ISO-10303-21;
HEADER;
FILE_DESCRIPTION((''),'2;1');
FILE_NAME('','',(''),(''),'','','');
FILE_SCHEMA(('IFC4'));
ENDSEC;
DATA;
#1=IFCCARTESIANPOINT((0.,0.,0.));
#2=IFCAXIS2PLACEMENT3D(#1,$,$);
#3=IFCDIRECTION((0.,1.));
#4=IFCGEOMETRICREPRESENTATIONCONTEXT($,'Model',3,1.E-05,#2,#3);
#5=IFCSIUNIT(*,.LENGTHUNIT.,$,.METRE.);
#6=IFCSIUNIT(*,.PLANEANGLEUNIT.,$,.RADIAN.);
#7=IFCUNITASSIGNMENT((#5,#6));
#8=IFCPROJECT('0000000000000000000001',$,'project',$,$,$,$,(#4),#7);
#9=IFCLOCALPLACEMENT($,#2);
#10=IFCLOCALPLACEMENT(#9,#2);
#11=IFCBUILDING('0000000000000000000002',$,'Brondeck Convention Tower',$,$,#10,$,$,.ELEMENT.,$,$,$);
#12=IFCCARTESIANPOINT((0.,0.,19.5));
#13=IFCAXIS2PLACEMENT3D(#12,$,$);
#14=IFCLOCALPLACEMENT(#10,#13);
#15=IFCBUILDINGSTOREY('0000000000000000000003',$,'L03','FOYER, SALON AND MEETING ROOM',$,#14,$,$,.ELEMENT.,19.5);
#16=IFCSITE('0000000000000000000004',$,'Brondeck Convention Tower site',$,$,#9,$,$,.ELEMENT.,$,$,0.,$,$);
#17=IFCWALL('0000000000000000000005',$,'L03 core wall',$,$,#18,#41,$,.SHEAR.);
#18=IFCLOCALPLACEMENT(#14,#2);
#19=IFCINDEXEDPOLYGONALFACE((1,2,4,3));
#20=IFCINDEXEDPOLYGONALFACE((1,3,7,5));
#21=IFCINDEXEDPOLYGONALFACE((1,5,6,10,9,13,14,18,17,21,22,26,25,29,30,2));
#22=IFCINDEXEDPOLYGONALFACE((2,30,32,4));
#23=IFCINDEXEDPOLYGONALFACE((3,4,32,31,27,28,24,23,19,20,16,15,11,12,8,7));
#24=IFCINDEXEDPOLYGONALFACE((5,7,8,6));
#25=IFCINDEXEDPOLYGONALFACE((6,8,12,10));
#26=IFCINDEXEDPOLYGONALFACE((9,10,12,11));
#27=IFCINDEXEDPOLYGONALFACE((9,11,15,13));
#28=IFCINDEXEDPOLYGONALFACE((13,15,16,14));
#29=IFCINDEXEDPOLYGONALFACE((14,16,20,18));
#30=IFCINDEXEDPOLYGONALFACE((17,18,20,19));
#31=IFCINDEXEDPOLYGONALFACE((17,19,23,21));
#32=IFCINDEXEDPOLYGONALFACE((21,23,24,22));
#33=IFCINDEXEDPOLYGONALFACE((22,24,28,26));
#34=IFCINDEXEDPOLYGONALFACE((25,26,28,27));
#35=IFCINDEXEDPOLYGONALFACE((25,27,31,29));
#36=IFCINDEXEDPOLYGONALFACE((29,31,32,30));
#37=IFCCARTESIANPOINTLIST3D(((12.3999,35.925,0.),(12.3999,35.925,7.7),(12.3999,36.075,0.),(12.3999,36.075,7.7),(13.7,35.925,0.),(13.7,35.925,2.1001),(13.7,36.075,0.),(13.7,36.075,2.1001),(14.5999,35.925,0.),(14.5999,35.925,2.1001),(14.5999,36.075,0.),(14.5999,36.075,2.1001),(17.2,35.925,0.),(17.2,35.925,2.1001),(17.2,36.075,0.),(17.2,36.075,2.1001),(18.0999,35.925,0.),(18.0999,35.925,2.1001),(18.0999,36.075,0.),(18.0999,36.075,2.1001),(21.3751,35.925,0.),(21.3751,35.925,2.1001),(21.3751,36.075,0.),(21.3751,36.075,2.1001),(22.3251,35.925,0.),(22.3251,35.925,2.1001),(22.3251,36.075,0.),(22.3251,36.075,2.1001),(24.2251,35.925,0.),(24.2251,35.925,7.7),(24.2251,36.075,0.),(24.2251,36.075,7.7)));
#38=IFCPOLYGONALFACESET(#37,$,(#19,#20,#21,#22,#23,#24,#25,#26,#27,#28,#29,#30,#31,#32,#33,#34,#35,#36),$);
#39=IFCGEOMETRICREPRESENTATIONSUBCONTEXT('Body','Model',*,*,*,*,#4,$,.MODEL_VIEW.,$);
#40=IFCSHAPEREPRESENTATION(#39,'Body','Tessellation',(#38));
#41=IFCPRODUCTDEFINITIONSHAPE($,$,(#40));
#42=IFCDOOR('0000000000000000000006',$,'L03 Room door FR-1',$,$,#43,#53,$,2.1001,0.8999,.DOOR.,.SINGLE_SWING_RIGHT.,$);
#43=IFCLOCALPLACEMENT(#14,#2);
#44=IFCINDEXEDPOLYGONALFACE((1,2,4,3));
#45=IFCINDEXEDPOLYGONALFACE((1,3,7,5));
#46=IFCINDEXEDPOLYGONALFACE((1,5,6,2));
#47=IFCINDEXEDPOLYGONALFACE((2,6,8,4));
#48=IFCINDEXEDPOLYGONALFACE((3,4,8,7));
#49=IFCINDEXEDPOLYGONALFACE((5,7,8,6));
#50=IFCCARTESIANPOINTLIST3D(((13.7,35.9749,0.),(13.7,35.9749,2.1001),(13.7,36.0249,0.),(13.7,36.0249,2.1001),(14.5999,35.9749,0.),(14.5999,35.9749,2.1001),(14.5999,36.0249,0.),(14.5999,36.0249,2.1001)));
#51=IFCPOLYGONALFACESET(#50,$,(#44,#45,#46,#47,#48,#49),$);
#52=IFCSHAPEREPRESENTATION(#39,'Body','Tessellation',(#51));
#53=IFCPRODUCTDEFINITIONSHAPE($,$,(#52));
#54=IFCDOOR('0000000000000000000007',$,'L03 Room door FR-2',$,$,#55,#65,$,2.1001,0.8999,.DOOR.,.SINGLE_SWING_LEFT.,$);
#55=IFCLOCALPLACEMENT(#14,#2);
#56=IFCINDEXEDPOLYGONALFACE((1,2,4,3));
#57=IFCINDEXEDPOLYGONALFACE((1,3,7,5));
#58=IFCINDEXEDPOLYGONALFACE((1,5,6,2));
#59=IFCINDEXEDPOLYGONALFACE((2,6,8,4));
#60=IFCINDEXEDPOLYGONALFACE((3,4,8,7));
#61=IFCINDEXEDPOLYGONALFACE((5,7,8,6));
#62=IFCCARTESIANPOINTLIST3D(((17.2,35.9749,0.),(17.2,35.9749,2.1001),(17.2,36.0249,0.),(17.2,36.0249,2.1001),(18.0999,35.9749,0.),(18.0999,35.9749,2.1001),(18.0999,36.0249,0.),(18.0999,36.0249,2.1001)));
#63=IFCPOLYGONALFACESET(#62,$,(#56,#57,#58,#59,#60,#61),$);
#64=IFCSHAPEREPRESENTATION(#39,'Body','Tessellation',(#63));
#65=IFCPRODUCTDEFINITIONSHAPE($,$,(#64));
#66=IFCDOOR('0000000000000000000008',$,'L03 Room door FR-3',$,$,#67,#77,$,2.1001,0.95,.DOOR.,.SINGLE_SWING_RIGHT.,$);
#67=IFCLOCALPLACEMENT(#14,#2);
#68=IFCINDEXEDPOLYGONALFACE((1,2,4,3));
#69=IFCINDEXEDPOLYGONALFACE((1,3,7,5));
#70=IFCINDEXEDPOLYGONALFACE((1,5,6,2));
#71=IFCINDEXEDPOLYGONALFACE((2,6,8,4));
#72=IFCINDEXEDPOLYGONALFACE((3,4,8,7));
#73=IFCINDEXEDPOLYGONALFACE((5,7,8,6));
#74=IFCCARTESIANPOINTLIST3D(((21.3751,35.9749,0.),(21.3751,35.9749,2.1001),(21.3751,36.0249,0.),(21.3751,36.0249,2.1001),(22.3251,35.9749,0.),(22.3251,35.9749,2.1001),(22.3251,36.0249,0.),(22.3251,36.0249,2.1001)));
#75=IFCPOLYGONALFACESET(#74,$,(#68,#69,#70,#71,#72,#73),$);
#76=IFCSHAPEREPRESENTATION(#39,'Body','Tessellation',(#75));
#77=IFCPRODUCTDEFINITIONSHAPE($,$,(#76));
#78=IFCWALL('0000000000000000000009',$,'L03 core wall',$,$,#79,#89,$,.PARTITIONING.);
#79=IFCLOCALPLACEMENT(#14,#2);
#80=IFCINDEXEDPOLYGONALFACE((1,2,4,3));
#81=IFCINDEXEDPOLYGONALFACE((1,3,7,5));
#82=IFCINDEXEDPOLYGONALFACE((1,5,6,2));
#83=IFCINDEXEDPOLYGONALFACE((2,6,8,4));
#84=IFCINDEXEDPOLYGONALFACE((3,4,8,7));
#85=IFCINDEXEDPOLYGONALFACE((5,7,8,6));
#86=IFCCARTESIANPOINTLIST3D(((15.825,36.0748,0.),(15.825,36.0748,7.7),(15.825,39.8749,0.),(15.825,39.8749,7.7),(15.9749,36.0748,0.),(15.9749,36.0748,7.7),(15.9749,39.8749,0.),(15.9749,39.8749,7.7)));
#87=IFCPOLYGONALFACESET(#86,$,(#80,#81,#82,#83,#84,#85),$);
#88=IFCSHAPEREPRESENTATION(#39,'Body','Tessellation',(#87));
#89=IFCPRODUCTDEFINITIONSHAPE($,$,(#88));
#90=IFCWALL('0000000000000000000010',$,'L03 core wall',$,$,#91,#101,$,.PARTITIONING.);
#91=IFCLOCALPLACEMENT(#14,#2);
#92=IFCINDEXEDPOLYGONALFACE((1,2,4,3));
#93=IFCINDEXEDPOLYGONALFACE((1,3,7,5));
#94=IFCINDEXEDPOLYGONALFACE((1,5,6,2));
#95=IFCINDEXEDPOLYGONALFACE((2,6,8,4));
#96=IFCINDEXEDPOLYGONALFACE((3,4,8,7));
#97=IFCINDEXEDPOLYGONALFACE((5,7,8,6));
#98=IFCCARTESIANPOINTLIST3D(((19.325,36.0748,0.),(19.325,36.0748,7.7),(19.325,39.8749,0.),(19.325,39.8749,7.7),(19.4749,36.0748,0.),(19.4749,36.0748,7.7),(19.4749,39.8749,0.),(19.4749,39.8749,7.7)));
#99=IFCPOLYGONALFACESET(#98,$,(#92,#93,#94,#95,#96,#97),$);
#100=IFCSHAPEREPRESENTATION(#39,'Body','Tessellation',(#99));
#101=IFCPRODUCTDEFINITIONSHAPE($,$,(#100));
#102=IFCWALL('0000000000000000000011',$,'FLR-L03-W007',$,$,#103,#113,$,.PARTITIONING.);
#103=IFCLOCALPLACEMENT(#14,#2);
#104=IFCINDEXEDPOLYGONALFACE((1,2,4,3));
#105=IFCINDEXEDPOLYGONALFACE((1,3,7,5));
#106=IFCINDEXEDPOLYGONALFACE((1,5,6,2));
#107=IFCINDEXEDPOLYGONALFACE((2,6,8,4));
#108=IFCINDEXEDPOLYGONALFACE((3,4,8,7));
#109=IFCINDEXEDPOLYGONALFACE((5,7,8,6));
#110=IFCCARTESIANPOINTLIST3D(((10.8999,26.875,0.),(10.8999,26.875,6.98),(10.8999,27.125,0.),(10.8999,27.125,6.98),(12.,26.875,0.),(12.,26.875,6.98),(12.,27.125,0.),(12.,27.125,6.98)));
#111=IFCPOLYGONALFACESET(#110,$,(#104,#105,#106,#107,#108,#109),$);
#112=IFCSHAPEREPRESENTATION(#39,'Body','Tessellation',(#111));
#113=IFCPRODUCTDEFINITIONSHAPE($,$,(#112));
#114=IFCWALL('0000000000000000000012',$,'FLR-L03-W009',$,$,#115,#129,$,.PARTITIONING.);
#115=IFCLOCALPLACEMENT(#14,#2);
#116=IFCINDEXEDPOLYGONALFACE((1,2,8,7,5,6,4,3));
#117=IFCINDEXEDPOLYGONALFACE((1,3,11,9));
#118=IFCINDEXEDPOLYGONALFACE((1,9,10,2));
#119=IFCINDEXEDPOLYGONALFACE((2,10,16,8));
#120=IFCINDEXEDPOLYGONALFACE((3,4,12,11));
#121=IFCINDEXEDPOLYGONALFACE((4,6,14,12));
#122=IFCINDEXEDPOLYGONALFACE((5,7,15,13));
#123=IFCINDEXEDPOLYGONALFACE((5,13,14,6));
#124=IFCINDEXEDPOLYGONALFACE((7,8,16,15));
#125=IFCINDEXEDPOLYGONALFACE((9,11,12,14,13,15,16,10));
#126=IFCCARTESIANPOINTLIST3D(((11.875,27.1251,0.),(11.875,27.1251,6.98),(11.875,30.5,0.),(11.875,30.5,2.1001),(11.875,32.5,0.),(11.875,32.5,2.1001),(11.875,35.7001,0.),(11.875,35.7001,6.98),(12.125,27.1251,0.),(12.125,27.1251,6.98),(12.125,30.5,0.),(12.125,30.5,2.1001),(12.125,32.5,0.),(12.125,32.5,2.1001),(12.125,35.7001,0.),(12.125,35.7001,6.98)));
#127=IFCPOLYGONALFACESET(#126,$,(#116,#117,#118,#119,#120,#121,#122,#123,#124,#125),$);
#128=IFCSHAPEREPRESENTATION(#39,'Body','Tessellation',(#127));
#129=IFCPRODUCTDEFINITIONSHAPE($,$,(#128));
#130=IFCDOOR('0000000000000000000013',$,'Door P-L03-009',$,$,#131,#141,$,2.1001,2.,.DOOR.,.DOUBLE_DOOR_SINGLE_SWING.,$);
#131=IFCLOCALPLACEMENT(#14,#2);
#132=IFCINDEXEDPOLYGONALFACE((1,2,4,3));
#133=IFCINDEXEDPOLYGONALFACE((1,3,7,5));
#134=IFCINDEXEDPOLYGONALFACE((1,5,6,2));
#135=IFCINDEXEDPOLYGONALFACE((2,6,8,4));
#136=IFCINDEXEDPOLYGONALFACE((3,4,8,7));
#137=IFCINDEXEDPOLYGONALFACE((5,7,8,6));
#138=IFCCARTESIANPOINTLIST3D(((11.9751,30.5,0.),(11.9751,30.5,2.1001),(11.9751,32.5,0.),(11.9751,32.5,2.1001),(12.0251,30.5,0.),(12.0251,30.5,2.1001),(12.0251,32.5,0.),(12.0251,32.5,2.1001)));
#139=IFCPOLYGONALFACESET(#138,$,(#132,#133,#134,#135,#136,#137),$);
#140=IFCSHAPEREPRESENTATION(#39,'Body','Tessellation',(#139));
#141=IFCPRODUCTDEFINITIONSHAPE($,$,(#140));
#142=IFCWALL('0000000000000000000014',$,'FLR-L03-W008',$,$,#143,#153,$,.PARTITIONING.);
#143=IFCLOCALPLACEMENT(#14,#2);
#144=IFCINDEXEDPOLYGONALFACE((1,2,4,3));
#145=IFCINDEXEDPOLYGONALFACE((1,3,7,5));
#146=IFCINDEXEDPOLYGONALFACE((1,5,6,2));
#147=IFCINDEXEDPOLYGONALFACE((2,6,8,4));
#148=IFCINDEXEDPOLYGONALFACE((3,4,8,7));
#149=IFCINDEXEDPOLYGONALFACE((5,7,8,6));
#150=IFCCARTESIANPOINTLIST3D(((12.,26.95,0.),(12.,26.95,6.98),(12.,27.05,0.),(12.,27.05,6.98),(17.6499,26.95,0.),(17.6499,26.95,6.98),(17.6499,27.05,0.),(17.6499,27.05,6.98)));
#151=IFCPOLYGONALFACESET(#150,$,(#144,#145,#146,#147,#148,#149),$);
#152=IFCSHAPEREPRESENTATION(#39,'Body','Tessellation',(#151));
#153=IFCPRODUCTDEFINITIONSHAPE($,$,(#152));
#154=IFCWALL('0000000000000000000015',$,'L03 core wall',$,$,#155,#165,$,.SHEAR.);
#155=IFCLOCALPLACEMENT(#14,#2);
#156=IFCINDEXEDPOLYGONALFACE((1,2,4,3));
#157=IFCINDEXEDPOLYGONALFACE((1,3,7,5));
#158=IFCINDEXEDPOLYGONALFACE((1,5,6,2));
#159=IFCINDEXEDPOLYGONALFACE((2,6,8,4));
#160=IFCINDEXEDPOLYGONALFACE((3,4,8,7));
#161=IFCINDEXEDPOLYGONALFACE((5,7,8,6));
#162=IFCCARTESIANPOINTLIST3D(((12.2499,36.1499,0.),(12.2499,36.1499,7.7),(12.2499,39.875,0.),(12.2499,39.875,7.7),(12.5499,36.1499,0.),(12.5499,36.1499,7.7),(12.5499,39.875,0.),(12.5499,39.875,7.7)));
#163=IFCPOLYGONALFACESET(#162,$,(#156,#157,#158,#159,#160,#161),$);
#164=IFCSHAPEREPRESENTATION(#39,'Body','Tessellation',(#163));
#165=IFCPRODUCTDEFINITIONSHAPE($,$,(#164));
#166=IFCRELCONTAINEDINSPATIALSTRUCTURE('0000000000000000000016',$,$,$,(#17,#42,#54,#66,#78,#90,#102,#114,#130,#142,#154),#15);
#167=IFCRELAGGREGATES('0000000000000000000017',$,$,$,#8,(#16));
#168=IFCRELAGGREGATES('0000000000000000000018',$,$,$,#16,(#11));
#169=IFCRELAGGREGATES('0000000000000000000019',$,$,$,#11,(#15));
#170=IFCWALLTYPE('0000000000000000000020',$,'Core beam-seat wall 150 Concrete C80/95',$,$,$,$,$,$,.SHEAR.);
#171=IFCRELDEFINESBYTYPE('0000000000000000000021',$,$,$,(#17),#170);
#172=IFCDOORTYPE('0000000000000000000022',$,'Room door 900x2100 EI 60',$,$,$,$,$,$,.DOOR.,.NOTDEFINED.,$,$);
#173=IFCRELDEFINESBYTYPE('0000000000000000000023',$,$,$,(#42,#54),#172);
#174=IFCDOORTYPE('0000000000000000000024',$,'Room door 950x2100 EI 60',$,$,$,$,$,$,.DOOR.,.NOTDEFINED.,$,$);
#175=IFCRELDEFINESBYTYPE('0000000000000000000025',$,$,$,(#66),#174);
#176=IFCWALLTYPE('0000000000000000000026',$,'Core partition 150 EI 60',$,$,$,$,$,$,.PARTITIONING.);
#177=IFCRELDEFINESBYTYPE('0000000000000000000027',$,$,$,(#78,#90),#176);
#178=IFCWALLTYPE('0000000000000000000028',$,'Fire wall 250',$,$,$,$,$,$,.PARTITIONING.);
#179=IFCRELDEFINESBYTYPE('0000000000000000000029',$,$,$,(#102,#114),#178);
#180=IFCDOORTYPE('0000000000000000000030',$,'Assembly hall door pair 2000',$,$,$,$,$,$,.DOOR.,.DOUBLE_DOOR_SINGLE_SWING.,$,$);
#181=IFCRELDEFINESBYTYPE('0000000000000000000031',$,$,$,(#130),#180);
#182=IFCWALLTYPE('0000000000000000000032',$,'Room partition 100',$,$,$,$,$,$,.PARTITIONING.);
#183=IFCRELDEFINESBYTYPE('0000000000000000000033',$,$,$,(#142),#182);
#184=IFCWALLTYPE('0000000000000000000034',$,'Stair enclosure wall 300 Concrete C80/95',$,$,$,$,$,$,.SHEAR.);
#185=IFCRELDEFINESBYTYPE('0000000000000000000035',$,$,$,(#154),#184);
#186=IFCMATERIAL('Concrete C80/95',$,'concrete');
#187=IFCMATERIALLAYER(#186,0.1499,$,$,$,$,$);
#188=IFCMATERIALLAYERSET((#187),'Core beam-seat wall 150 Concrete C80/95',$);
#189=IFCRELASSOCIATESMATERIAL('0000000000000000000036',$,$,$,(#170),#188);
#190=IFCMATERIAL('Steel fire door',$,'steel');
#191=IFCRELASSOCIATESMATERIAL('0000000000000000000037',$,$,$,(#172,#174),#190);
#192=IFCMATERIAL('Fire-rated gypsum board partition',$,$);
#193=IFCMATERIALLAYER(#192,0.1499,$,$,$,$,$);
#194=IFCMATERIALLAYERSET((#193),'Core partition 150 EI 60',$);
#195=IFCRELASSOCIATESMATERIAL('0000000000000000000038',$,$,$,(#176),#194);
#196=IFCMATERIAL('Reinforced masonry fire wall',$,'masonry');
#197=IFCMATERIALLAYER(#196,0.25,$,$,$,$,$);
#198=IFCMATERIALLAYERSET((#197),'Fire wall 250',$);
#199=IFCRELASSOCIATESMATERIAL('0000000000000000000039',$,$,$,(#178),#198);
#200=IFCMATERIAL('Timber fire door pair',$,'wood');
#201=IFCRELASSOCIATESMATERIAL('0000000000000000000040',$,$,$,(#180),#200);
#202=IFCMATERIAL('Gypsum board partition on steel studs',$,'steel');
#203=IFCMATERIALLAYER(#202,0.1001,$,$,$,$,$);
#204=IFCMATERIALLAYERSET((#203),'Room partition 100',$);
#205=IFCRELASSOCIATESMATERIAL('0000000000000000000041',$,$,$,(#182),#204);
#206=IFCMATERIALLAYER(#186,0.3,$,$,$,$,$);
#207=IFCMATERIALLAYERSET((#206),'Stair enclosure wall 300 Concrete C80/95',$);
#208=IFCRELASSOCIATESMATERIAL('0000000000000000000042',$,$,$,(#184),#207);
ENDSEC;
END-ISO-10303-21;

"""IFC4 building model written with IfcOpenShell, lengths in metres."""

from ifc_helpers import new_model, si_unit, direction, frame, frame_2d, origin, place, context, subcontext, project, spatial, rectangle, extrude, material, layer, layer_set, type_object, element, fill, save


model = new_model("IFC4")

# Units and contexts
model_context = context("Model", 3, precision=1e-05, world=origin(), true_north=direction((0.0, 1.0)))
body_context = subcontext(model_context, "Body", "Model", "MODEL_VIEW")
ifc_project = project(units=[si_unit("LENGTHUNIT", "METRE"), si_unit("PLANEANGLEUNIT", "RADIAN")], contexts=[model_context])

# Site, building, storey
site_placement = place(None, origin())
site = spatial("IfcSite", under=ifc_project, at=site_placement, Name="Brondeck Convention Tower site", CompositionType="ELEMENT", RefElevation=0.0)
building_placement = place(site_placement, origin())
building = spatial("IfcBuilding", under=site, at=building_placement, Name="Brondeck Convention Tower", CompositionType="ELEMENT")
storey_placement = place(building_placement, frame((0.0, 0.0, 19.5)))
storey = spatial("IfcBuildingStorey", under=building, at=storey_placement, Name="L03", Description="FOYER, SALON AND MEETING ROOM", CompositionType="ELEMENT", Elevation=19.5)

# Wall, openings, doors
ifc_material_1 = material(Name="Concrete C80/95", Category="concrete")
ifc_layer_1 = layer(ifc_material_1, 0.1499)
ifc_layer_set_1 = layer_set([ifc_layer_1], Name="Core beam-seat wall 150 Concrete C80/95")
wall_type_1 = type_object("IfcWallType", Name="Core beam-seat wall 150 Concrete C80/95", PredefinedType="SHEAR", material=ifc_layer_set_1)
wall_1_placement = place(storey_placement, frame((12.3999, 36.0, 0.0), z_axis=(0.0, 0.0, 1.0), x_axis=(1.0, 0.0, 0.0)))
wall_1 = element("IfcWall", 1, at=wall_1_placement, inside=storey, type_object=wall_type_1, Name="L03 core wall", PredefinedType="SHEAR", context=body_context, shape_type="SweptSolid", body=[
    extrude(rectangle(XDim=11.8252, YDim=0.1499, at=frame_2d((5.9126, 0.0))), origin(), (0.0, 0.0, 1.0), 7.7),
])
opening_1_placement = place(wall_1_placement, frame((1.3, 0.0, 0.0)))
opening_1 = element("IfcOpeningElement", 2, at=opening_1_placement, cuts=wall_1, PredefinedType="OPENING", context=body_context, shape_type="SweptSolid", body=[
    extrude(rectangle(XDim=0.8999, YDim=2.1001, at=frame_2d((0.45, 1.05))), frame((0.0, 0.085, 0.0), z_axis=(0.0, -1.0, 0.0), x_axis=(1.0, 0.0, 0.0)), (0.0, 0.0, 1.0), 0.1699),
])
opening_2_placement = place(wall_1_placement, frame((4.8, 0.0, 0.0)))
opening_2 = element("IfcOpeningElement", 3, at=opening_2_placement, cuts=wall_1, PredefinedType="OPENING", context=body_context, shape_type="SweptSolid", body=[
    extrude(rectangle(XDim=0.8999, YDim=2.1001, at=frame_2d((0.45, 1.05))), frame((0.0, 0.085, 0.0), z_axis=(0.0, -1.0, 0.0), x_axis=(1.0, 0.0, 0.0)), (0.0, 0.0, 1.0), 0.1699),
])
opening_3_placement = place(wall_1_placement, frame((8.9751, 0.0, 0.0)))
opening_3 = element("IfcOpeningElement", 4, at=opening_3_placement, cuts=wall_1, PredefinedType="OPENING", context=body_context, shape_type="SweptSolid", body=[
    extrude(rectangle(XDim=0.95, YDim=2.1001, at=frame_2d((0.4751, 1.05))), frame((0.0, 0.085, 0.0), z_axis=(0.0, -1.0, 0.0), x_axis=(1.0, 0.0, 0.0)), (0.0, 0.0, 1.0), 0.1699),
])
ifc_material_2 = material(Name="Steel fire door", Category="steel")
door_type_1 = type_object("IfcDoorType", Name="Room door 900x2100 EI 60", OperationType="NOTDEFINED", PredefinedType="DOOR", material=ifc_material_2)
door_1_placement = place(opening_1_placement, origin())
door_1 = element("IfcDoor", 5, at=door_1_placement, inside=storey, type_object=door_type_1, Name="L03 Room door FR-1", OperationType="SINGLE_SWING_RIGHT", OverallHeight=2.1001, OverallWidth=0.8999, PredefinedType="DOOR", context=body_context, shape_type="SweptSolid", body=[
    extrude(rectangle(XDim=0.8999, YDim=2.1001, at=frame_2d((0.45, 1.05))), frame((0.0, 0.0249, 0.0), z_axis=(0.0, -1.0, 0.0), x_axis=(1.0, 0.0, 0.0)), (0.0, 0.0, 1.0), 0.05),
])
fill(opening_1, door_1)
door_2_placement = place(opening_2_placement, origin())
door_2 = element("IfcDoor", 6, at=door_2_placement, inside=storey, type_object=door_type_1, Name="L03 Room door FR-2", OperationType="SINGLE_SWING_LEFT", OverallHeight=2.1001, OverallWidth=0.8999, PredefinedType="DOOR", context=body_context, shape_type="SweptSolid", body=[
    extrude(rectangle(XDim=0.8999, YDim=2.1001, at=frame_2d((0.45, 1.05))), frame((0.0, 0.0249, 0.0), z_axis=(0.0, -1.0, 0.0), x_axis=(1.0, 0.0, 0.0)), (0.0, 0.0, 1.0), 0.05),
])
fill(opening_2, door_2)
door_type_2 = type_object("IfcDoorType", Name="Room door 950x2100 EI 60", OperationType="NOTDEFINED", PredefinedType="DOOR", material=ifc_material_2)
door_3_placement = place(opening_3_placement, origin())
door_3 = element("IfcDoor", 7, at=door_3_placement, inside=storey, type_object=door_type_2, Name="L03 Room door FR-3", OperationType="SINGLE_SWING_RIGHT", OverallHeight=2.1001, OverallWidth=0.95, PredefinedType="DOOR", context=body_context, shape_type="SweptSolid", body=[
    extrude(rectangle(XDim=0.95, YDim=2.1001, at=frame_2d((0.4751, 1.05))), frame((0.0, 0.0249, 0.0), z_axis=(0.0, -1.0, 0.0), x_axis=(1.0, 0.0, 0.0)), (0.0, 0.0, 1.0), 0.05),
])
fill(opening_3, door_3)

# Walls
ifc_material_3 = material(Name="Fire-rated gypsum board partition")
ifc_layer_2 = layer(ifc_material_3, 0.1499)
ifc_layer_set_2 = layer_set([ifc_layer_2], Name="Core partition 150 EI 60")
wall_type_2 = type_object("IfcWallType", Name="Core partition 150 EI 60", PredefinedType="PARTITIONING", material=ifc_layer_set_2)
for number, where, z_axis, x_axis, name in (
    (8, (15.8999, 36.075, 0.0), (0.0, 0.0, 1.0), (0.0, 1.0, 0.0), "L03 core wall"),
    (9, (19.3999, 36.075, 0.0), (0.0, 0.0, 1.0), (0.0, 1.0, 0.0), "L03 core wall"),
):
    element("IfcWall", number, at=place(storey_placement, frame(where, z_axis=z_axis, x_axis=x_axis)), inside=storey, type_object=wall_type_2, Name=name, PredefinedType="PARTITIONING", context=body_context, shape_type="SweptSolid", body=[
        extrude(rectangle(XDim=3.8, YDim=0.1499, at=frame_2d((1.8999, 0.0))), origin(), (0.0, 0.0, 1.0), 7.7),
    ])
ifc_material_4 = material(Name="Reinforced masonry fire wall", Category="masonry")
ifc_layer_3 = layer(ifc_material_4, 0.25)
ifc_layer_set_3 = layer_set([ifc_layer_3], Name="Fire wall 250")
wall_type_3 = type_object("IfcWallType", Name="Fire wall 250", PredefinedType="PARTITIONING", material=ifc_layer_set_3)
wall_2_placement = place(storey_placement, frame((10.8999, 27.0, 0.0), z_axis=(0.0, 0.0, 1.0), x_axis=(1.0, 0.0, 0.0)))
element("IfcWall", 10, at=wall_2_placement, inside=storey, type_object=wall_type_3, Name="FLR-L03-W007", PredefinedType="PARTITIONING", context=body_context, shape_type="SweptSolid", body=[
    extrude(rectangle(XDim=1.1001, YDim=0.25, at=frame_2d((0.55, 0.0))), origin(), (0.0, 0.0, 1.0), 6.98),
])

# Wall, opening, door
wall_3_placement = place(storey_placement, frame((12.0, 27.125, 0.0), z_axis=(0.0, 0.0, 1.0), x_axis=(0.0, 1.0, 0.0)))
wall_3 = element("IfcWall", 11, at=wall_3_placement, inside=storey, type_object=wall_type_3, Name="FLR-L03-W009", PredefinedType="PARTITIONING", context=body_context, shape_type="SweptSolid", body=[
    extrude(rectangle(XDim=8.575, YDim=0.25, at=frame_2d((4.2876, 0.0))), origin(), (0.0, 0.0, 1.0), 6.98),
])
opening_4_placement = place(wall_3_placement, frame((3.375, 0.0, 0.0)))
opening_4 = element("IfcOpeningElement", 12, at=opening_4_placement, cuts=wall_3, PredefinedType="OPENING", context=body_context, shape_type="SweptSolid", body=[
    extrude(rectangle(XDim=2.0, YDim=2.1001, at=frame_2d((1.0, 1.05))), frame((0.0, 0.135, 0.0), z_axis=(0.0, -1.0, 0.0), x_axis=(1.0, 0.0, 0.0)), (0.0, 0.0, 1.0), 0.27),
])
ifc_material_5 = material(Name="Timber fire door pair", Category="wood")
door_type_3 = type_object("IfcDoorType", Name="Assembly hall door pair 2000", OperationType="DOUBLE_DOOR_SINGLE_SWING", PredefinedType="DOOR", material=ifc_material_5)
door_4_placement = place(opening_4_placement, origin())
door_4 = element("IfcDoor", 13, at=door_4_placement, inside=storey, type_object=door_type_3, Name="Door P-L03-009", OperationType="DOUBLE_DOOR_SINGLE_SWING", OverallHeight=2.1001, OverallWidth=2.0, PredefinedType="DOOR", context=body_context, shape_type="SweptSolid", body=[
    extrude(rectangle(XDim=2.0, YDim=2.1001, at=frame_2d((1.0, 1.05))), frame((0.0, 0.0249, 0.0), z_axis=(0.0, -1.0, 0.0), x_axis=(1.0, 0.0, 0.0)), (0.0, 0.0, 1.0), 0.05),
])
fill(opening_4, door_4)

# Walls
ifc_material_6 = material(Name="Gypsum board partition on steel studs", Category="steel")
ifc_layer_4 = layer(ifc_material_6, 0.1001)
ifc_layer_set_4 = layer_set([ifc_layer_4], Name="Room partition 100")
wall_type_4 = type_object("IfcWallType", Name="Room partition 100", PredefinedType="PARTITIONING", material=ifc_layer_set_4)
wall_4_placement = place(storey_placement, frame((17.6499, 27.0, 0.0), z_axis=(0.0, 0.0, 1.0), x_axis=(-1.0, 0.0, 0.0)))
element("IfcWall", 14, at=wall_4_placement, inside=storey, type_object=wall_type_4, Name="FLR-L03-W008", PredefinedType="PARTITIONING", context=body_context, shape_type="SweptSolid", body=[
    extrude(rectangle(XDim=5.6499, YDim=0.1001, at=frame_2d((2.825, 0.0))), origin(), (0.0, 0.0, 1.0), 6.98),
])
ifc_layer_5 = layer(ifc_material_1, 0.3)
ifc_layer_set_5 = layer_set([ifc_layer_5], Name="Stair enclosure wall 300 Concrete C80/95")
wall_type_5 = type_object("IfcWallType", Name="Stair enclosure wall 300 Concrete C80/95", PredefinedType="SHEAR", material=ifc_layer_set_5)
wall_5_placement = place(storey_placement, frame((12.3999, 36.1499, 0.0), z_axis=(0.0, 0.0, 1.0), x_axis=(0.0, 1.0, 0.0)))
element("IfcWall", 15, at=wall_5_placement, inside=storey, type_object=wall_type_5, Name="L03 core wall", PredefinedType="SHEAR", context=body_context, shape_type="SweptSolid", body=[
    extrude(rectangle(XDim=3.7251, YDim=0.3, at=frame_2d((1.8625, 0.0))), origin(), (0.0, 0.0, 1.0), 7.7),
])

save(model, "model.ifc")
